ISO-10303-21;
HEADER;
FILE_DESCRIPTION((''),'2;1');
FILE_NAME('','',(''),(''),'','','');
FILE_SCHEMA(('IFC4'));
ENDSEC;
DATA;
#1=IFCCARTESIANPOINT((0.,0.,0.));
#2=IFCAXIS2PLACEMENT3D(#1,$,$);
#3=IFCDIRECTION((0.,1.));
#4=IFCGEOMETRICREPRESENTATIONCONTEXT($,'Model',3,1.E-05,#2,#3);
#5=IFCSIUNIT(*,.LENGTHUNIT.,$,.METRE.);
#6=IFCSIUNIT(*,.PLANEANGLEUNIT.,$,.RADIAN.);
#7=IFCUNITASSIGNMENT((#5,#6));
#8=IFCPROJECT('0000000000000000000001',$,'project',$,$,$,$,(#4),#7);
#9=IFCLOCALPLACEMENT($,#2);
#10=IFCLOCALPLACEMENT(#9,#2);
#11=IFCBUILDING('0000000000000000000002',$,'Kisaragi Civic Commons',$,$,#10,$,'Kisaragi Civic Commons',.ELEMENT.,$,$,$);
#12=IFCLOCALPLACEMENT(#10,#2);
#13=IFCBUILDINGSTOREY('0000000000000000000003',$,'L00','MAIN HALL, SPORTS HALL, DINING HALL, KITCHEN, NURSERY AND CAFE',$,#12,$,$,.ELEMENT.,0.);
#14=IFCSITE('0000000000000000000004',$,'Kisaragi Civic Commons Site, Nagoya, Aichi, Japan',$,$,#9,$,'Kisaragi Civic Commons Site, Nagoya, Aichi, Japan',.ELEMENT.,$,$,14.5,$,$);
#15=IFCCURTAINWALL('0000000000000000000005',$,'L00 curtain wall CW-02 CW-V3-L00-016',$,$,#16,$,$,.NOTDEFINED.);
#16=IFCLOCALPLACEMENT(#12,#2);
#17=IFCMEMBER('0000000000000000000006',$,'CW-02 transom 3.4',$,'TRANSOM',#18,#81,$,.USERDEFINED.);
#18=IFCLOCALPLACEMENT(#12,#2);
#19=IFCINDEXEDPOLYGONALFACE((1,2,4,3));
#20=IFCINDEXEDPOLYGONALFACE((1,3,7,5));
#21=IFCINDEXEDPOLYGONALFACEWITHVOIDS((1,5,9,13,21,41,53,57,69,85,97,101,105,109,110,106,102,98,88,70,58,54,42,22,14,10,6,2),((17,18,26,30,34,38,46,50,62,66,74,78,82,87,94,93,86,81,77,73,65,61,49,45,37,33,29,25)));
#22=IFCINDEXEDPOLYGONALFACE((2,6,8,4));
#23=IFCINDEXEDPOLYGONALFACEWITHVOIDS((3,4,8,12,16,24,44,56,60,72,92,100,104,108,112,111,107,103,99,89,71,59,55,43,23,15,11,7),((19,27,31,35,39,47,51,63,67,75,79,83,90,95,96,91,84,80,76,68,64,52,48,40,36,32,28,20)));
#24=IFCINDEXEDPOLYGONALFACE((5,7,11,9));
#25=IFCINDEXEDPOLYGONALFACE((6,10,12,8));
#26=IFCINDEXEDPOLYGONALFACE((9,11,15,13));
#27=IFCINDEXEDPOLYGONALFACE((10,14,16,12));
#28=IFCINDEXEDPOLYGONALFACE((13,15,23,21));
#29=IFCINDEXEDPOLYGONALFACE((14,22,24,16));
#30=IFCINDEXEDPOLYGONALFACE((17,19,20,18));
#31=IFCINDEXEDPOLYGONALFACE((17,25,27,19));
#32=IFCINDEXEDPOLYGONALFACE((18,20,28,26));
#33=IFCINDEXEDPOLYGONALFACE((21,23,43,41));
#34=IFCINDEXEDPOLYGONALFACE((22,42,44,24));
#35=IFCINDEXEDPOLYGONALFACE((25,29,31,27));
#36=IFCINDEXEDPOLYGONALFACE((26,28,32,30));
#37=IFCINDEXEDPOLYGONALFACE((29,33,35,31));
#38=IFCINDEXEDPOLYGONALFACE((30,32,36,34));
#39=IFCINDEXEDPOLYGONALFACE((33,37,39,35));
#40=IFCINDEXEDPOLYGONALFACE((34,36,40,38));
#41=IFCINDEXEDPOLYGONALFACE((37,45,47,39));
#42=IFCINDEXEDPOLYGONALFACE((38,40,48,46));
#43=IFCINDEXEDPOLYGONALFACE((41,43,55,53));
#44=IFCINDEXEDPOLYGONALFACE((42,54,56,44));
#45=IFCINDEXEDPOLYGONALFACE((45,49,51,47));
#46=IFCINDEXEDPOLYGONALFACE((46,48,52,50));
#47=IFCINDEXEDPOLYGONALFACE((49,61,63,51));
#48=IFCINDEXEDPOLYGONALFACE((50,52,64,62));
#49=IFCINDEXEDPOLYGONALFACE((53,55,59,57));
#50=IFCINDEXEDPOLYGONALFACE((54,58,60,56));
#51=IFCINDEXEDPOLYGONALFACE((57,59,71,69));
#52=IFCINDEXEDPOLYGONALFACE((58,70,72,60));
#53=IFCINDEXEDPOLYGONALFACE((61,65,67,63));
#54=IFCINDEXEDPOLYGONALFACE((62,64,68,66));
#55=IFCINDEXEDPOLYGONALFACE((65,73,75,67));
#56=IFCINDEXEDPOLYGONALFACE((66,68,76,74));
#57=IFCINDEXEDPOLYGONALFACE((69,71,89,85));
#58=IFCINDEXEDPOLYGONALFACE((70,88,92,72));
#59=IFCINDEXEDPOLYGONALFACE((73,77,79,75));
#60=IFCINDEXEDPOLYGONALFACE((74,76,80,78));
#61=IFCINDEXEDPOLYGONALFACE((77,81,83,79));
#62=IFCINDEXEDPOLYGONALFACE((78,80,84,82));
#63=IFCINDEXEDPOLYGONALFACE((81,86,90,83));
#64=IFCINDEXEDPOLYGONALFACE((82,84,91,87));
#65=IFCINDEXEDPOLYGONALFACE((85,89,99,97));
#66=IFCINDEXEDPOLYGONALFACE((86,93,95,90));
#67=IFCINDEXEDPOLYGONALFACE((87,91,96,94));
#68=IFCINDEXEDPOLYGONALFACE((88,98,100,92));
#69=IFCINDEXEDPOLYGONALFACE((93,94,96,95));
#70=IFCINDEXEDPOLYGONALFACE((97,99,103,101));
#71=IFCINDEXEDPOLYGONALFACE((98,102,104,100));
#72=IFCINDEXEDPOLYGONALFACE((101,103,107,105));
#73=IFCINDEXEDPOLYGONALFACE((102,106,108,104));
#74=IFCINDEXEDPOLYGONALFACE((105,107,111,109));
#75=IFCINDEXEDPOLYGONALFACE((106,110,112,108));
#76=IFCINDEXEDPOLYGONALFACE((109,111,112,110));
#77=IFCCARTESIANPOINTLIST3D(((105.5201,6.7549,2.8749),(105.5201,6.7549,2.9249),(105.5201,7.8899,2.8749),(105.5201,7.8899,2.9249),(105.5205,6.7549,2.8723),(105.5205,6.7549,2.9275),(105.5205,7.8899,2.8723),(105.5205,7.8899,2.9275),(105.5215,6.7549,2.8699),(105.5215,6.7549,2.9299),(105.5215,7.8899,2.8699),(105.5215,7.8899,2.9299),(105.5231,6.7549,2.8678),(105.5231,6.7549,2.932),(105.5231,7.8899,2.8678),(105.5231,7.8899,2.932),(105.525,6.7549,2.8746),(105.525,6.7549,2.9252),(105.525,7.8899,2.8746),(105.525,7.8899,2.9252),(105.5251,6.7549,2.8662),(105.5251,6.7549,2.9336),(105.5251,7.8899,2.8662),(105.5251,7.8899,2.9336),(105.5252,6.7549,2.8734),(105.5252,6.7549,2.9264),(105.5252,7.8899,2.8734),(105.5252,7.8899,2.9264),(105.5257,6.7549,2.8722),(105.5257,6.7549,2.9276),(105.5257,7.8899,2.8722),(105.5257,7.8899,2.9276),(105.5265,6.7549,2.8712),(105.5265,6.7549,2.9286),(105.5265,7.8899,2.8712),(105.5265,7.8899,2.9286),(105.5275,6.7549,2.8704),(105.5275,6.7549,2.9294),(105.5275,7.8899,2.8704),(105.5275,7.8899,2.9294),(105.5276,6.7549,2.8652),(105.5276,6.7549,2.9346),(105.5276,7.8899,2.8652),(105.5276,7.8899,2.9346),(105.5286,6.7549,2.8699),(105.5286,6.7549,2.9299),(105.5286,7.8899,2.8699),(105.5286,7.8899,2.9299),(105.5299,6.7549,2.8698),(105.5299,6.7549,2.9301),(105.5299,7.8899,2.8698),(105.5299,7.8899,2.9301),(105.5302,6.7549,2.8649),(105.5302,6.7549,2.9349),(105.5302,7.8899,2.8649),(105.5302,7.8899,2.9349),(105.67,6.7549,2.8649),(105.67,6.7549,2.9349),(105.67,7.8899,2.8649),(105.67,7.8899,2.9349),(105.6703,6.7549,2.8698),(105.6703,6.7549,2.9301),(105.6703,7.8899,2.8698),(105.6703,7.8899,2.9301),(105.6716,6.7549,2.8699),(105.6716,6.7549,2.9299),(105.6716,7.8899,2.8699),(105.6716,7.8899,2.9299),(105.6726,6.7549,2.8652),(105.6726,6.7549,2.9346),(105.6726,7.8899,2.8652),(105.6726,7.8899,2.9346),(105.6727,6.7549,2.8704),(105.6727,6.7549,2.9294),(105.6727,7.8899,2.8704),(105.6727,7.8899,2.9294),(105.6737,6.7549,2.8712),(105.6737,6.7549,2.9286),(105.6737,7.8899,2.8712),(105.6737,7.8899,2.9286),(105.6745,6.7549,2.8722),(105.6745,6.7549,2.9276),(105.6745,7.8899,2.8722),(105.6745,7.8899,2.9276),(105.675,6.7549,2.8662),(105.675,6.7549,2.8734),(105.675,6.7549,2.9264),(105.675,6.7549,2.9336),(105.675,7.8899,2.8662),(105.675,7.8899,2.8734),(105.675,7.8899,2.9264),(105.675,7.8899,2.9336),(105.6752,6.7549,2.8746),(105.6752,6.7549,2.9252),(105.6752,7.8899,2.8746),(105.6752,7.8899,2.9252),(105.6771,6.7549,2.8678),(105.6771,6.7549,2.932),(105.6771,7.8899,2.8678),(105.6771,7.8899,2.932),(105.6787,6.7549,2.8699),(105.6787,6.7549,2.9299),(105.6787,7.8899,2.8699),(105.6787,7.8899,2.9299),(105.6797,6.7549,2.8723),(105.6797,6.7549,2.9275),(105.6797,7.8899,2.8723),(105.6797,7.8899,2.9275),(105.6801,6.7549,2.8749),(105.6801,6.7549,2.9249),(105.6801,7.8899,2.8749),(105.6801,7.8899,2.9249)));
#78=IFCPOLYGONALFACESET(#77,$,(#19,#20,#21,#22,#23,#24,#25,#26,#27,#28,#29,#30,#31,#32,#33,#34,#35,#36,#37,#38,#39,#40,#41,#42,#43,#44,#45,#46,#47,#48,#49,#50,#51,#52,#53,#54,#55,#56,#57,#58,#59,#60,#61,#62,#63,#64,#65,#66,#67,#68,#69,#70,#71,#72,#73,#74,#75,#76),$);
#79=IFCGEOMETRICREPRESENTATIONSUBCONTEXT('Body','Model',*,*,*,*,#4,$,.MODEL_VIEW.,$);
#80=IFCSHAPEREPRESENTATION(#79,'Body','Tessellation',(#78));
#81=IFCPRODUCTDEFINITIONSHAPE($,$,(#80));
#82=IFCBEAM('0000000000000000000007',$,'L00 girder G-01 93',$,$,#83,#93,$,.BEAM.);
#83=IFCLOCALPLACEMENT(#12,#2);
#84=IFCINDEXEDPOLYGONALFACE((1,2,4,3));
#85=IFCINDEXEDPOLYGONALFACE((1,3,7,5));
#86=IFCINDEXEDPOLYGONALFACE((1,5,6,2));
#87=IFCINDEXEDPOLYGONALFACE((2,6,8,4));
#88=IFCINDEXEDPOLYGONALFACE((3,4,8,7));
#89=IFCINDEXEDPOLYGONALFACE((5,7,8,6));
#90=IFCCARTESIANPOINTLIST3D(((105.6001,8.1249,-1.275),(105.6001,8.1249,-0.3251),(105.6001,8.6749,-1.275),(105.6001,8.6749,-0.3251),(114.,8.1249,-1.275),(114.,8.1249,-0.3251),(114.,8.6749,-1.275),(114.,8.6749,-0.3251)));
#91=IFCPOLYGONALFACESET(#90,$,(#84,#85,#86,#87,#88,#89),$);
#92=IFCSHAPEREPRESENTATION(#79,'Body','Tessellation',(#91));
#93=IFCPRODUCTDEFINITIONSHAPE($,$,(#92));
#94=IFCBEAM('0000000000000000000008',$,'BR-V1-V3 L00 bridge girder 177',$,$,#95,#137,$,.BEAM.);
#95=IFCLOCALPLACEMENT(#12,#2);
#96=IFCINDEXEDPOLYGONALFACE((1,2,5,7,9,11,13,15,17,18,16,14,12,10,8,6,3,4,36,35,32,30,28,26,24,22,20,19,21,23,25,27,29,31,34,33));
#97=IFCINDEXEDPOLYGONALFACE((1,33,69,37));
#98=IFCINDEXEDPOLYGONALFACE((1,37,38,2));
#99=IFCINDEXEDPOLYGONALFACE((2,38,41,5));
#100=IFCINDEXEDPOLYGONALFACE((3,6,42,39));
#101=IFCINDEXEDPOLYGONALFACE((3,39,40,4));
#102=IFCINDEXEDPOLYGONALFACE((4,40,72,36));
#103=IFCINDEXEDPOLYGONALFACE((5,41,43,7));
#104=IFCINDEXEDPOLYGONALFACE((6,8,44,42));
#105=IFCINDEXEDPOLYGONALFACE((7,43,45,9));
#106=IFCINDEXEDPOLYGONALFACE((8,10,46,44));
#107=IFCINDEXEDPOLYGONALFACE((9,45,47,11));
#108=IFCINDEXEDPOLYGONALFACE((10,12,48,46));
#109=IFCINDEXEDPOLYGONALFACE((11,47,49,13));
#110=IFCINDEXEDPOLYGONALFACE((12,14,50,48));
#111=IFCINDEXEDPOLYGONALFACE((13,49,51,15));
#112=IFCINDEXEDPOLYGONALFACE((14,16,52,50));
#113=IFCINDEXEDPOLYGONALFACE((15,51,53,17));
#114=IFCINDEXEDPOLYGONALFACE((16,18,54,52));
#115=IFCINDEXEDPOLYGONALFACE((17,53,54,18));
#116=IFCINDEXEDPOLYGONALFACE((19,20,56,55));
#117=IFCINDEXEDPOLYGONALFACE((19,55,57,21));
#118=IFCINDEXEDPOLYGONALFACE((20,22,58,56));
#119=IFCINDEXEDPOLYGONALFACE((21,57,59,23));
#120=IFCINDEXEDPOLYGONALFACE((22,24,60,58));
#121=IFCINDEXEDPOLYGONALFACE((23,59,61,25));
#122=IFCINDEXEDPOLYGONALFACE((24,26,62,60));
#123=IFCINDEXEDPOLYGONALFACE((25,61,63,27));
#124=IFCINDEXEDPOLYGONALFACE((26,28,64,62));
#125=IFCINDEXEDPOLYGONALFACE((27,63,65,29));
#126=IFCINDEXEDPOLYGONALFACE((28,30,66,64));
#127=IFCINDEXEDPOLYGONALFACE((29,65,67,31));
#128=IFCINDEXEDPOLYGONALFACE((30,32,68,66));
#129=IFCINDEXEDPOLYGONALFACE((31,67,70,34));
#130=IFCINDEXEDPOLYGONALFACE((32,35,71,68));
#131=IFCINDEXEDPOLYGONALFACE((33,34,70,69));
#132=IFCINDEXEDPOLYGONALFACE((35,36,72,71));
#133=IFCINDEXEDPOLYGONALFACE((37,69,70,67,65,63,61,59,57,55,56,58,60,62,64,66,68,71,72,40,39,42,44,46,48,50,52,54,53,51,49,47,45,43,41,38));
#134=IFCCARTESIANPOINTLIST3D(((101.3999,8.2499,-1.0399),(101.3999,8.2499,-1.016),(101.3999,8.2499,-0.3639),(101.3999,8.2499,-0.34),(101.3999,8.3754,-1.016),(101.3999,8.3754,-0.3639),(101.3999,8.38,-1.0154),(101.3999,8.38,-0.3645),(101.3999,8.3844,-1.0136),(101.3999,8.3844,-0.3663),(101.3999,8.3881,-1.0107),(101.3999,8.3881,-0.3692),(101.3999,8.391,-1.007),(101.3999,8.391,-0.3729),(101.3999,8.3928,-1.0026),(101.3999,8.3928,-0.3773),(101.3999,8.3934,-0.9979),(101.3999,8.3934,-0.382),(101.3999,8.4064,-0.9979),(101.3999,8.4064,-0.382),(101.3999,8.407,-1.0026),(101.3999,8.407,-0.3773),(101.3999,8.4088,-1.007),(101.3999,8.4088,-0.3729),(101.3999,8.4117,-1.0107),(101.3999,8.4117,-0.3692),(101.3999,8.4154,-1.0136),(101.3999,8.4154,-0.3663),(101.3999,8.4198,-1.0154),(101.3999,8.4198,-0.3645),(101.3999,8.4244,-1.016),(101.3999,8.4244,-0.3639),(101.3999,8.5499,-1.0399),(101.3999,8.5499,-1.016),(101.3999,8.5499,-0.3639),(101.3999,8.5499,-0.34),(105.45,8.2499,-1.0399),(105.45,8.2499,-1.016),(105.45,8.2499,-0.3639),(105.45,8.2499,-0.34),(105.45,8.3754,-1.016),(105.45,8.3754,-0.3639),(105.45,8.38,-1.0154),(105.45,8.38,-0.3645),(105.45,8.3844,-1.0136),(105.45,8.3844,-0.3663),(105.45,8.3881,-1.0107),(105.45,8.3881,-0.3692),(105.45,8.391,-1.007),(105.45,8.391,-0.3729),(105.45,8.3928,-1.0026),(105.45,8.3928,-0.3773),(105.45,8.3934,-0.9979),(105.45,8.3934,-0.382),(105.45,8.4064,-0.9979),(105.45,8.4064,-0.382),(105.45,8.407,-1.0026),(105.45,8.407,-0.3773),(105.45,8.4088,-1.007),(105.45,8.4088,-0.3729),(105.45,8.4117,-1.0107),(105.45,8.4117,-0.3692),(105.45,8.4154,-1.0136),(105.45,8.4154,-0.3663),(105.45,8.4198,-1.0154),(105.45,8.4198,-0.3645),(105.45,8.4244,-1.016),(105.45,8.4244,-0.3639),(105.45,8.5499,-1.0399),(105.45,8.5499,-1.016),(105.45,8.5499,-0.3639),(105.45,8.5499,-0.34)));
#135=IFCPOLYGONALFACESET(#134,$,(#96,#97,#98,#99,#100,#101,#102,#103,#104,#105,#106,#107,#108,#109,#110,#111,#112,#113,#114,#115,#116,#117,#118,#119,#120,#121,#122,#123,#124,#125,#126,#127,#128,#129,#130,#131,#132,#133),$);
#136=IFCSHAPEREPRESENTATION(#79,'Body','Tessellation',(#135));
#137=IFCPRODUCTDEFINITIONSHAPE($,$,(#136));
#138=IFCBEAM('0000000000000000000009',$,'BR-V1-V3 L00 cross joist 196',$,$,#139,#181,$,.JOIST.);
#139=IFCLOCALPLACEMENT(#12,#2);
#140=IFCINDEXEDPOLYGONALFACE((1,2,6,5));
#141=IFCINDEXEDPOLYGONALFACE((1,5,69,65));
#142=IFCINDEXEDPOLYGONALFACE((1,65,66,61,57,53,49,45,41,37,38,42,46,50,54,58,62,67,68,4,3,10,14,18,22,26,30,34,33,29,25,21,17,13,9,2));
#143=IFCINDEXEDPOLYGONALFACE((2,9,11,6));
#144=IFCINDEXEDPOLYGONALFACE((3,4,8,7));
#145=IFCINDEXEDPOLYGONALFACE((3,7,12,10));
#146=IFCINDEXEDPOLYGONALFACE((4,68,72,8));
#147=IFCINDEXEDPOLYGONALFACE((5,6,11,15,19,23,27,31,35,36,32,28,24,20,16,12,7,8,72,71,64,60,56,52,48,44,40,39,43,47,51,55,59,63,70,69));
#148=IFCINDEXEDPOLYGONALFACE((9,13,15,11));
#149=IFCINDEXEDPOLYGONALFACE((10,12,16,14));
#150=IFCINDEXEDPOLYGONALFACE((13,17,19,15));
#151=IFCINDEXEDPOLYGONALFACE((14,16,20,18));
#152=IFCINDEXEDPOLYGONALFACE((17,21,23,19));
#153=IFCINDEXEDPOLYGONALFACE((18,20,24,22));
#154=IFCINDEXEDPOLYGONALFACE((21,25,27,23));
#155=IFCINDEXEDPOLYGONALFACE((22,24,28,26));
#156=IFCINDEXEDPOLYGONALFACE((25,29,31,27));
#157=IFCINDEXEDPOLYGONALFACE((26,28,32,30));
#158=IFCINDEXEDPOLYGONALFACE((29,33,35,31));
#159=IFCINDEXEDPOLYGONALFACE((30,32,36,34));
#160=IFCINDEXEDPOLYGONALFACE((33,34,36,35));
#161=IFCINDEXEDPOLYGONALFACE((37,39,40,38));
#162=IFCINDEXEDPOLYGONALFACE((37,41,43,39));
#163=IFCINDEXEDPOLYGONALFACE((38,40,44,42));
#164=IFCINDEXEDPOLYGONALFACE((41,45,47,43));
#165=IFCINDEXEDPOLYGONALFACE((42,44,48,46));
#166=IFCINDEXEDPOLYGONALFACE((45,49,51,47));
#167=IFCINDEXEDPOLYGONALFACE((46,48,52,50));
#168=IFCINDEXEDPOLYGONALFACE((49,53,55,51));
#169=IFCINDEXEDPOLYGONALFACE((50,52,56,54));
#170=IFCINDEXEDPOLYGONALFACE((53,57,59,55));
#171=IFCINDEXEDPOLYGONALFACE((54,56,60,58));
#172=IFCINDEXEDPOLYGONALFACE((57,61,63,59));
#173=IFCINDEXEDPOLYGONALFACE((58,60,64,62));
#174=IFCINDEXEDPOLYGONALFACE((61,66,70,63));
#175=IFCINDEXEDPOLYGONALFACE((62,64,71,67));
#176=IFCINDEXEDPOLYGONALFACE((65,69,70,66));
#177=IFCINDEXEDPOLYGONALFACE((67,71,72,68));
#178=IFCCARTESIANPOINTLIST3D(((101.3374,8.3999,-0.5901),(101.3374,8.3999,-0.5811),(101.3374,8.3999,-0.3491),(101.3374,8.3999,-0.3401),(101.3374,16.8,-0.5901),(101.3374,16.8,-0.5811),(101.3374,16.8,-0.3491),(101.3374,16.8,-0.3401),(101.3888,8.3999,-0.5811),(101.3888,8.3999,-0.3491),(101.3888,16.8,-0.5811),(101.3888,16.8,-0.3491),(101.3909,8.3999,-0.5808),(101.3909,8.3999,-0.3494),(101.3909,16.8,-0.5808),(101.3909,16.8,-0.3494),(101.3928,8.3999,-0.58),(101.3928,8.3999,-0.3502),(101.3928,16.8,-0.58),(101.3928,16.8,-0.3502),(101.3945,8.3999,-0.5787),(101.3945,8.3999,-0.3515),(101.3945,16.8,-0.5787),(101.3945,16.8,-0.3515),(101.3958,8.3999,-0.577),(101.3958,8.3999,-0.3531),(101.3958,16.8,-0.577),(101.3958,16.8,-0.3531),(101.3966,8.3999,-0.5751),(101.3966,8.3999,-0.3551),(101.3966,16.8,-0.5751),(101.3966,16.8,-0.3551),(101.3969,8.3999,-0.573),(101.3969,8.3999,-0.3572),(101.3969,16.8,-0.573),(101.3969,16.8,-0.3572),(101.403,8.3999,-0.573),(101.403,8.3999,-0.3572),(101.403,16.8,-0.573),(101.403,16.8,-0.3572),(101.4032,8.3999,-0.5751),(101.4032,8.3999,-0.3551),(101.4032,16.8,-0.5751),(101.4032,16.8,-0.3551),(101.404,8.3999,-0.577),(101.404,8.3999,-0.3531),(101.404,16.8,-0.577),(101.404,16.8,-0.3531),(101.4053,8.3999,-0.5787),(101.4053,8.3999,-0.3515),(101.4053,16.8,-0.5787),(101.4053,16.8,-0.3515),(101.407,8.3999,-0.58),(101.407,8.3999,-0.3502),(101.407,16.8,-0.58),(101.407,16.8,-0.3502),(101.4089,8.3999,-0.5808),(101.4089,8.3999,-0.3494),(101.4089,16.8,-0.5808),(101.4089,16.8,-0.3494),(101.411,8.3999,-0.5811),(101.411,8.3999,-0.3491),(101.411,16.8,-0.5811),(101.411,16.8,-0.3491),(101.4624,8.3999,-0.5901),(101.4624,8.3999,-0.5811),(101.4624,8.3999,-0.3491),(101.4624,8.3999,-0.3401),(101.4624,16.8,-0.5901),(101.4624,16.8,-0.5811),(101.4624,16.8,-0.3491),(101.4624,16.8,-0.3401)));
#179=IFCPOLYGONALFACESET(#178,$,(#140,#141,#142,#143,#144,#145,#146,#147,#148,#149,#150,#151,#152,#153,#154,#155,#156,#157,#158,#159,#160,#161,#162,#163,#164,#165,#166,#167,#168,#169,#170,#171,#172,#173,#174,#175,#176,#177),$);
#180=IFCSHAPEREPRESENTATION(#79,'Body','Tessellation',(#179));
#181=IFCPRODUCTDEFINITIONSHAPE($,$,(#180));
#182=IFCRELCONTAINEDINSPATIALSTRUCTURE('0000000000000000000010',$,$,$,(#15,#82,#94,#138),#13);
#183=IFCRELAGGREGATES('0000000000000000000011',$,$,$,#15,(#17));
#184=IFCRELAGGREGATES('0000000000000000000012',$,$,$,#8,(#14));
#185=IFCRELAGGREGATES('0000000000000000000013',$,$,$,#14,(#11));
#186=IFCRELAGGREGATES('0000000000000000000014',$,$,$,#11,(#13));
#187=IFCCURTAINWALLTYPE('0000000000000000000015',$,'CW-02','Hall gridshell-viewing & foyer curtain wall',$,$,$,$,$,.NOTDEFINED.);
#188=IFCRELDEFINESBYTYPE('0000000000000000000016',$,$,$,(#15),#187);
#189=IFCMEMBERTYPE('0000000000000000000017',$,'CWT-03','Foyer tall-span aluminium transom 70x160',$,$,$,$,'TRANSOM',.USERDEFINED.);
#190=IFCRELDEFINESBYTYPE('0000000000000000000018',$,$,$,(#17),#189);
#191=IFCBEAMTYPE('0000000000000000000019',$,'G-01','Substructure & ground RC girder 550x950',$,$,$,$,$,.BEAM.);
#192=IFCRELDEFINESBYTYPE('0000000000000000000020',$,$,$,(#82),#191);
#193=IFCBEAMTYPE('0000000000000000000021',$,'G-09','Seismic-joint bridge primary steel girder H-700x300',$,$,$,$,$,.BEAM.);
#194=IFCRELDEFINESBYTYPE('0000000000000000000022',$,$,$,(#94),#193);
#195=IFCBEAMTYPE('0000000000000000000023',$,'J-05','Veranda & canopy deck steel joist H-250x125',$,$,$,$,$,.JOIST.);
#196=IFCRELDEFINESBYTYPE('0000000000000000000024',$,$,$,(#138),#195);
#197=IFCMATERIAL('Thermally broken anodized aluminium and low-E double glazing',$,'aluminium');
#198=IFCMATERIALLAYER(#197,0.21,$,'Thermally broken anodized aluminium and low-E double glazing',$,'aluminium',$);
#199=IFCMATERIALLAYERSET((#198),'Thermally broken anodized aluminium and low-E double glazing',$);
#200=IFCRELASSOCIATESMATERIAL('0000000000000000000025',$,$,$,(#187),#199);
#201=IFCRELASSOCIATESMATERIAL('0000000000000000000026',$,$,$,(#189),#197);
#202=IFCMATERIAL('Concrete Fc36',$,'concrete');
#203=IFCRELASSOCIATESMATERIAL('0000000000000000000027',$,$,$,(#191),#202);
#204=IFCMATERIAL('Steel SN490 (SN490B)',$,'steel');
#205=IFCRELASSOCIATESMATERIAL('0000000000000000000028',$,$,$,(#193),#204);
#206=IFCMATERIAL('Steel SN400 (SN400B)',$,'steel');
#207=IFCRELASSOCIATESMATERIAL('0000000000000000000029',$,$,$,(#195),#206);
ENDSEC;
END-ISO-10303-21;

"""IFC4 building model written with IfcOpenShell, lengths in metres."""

from ifc_helpers import new_model, si_unit, direction, frame, origin, origin_2d, place, context, subcontext, project, spatial, rectangle, hollow_rectangle, i_section, extrude, material, layer, layer_set, material_profile, profile_set, type_object, element, aggregate, save


model = new_model("IFC4")

# Units and contexts
model_context = context("Model", 3, precision=1e-05, world=origin(), true_north=direction((0.0, 1.0)))
body_context = subcontext(model_context, "Body", "Model", "MODEL_VIEW")
ifc_project = project(units=[si_unit("LENGTHUNIT", "METRE"), si_unit("PLANEANGLEUNIT", "RADIAN")], contexts=[model_context])

# Site, building, storey
site_placement = place(None, origin())
site = spatial("IfcSite", under=ifc_project, at=site_placement, Name="Kisaragi Civic Commons Site, Nagoya, Aichi, Japan", LongName="Kisaragi Civic Commons Site, Nagoya, Aichi, Japan", CompositionType="ELEMENT", RefElevation=14.5)
building_placement = place(site_placement, origin())
building = spatial("IfcBuilding", under=site, at=building_placement, Name="Kisaragi Civic Commons", LongName="Kisaragi Civic Commons", CompositionType="ELEMENT")
storey_placement = place(building_placement, origin())
storey = spatial("IfcBuildingStorey", under=building, at=storey_placement, Name="L00", Description="MAIN HALL, SPORTS HALL, DINING HALL, KITCHEN, NURSERY AND CAFE", CompositionType="ELEMENT", Elevation=0.0)

# Shared definitions
ifc_material_1 = material(Name="Concrete Fc36", Category="concrete")

# Curtain wall
ifc_material_2 = material(Name="Thermally broken anodized aluminium and low-E double glazing", Category="aluminium")
ifc_layer_1 = layer(ifc_material_2, 0.21, Name="Thermally broken anodized aluminium and low-E double glazing", Category="aluminium")
ifc_layer_set_1 = layer_set([ifc_layer_1], Name="Thermally broken anodized aluminium and low-E double glazing")
curtain_wall_type = type_object("IfcCurtainWallType", Name="CW-02", Description="Hall gridshell-viewing & foyer curtain wall", PredefinedType="NOTDEFINED", material=ifc_layer_set_1)
curtain_wall_1_placement = place(storey_placement, origin())
curtain_wall_1 = element("IfcCurtainWall", 1, at=curtain_wall_1_placement, inside=storey, type_object=curtain_wall_type, Name="L00 curtain wall CW-02 CW-V3-L00-016", PredefinedType="NOTDEFINED")

# Member
ifc_material_profile_1 = material_profile(ifc_material_2, hollow_rectangle(XDim=0.1599, YDim=0.0701, WallThickness=0.0049, InnerFilletRadius=0.0049, OuterFilletRadius=0.01, at=origin_2d()), Name="CWT-70x160x5", Category="aluminium")
ifc_profile_set_1 = profile_set([ifc_material_profile_1], Name="Thermally broken anodized aluminium and low-E double glazing")
member_type_1 = type_object("IfcMemberType", Name="CWT-03", Description="Foyer tall-span aluminium transom 70x160", ElementType="TRANSOM", PredefinedType="USERDEFINED", material=ifc_profile_set_1)
member_1_placement = place(storey_placement, frame((105.6001, 6.7549, 2.8999), z_axis=(0.0, 1.0, 0.0), x_axis=(-1.0, 0.0, 0.0)))
member_1 = element("IfcMember", 2, at=member_1_placement, type_object=member_type_1, Name="CW-02 transom 3.4", ObjectType="TRANSOM", PredefinedType="USERDEFINED", context=body_context, shape_type="SweptSolid", body=[
    extrude(hollow_rectangle(XDim=0.1599, YDim=0.0701, WallThickness=0.0049, InnerFilletRadius=0.0049, OuterFilletRadius=0.01, at=origin_2d()), origin(), (0.0, 0.0, 1.0), 1.135),
])

# Beams
ifc_material_profile_2 = material_profile(ifc_material_1, rectangle(XDim=0.55, YDim=0.95, at=origin_2d()), Name="RC-550x950", Category="concrete")
ifc_profile_set_2 = profile_set([ifc_material_profile_2], Name="Concrete Fc36")
beam_type_1 = type_object("IfcBeamType", Name="G-01", Description="Substructure & ground RC girder 550x950", PredefinedType="BEAM", material=ifc_profile_set_2)
beam_1_placement = place(storey_placement, frame((105.6001, 8.3999, -0.8), z_axis=(1.0, 0.0, 0.0), x_axis=(0.0, 1.0, 0.0)))
element("IfcBeam", 3, at=beam_1_placement, inside=storey, type_object=beam_type_1, Name="L00 girder G-01 93", PredefinedType="BEAM", context=body_context, shape_type="SweptSolid", body=[
    extrude(rectangle(XDim=0.55, YDim=0.95, at=origin_2d()), origin(), (0.0, 0.0, 1.0), 8.3999),
])
ifc_material_3 = material(Name="Steel SN490 (SN490B)", Category="steel")
ifc_material_profile_3 = material_profile(ifc_material_3, i_section(OverallWidth=0.3, OverallDepth=0.7, WebThickness=0.0129, FlangeThickness=0.0239, FilletRadius=0.0181, at=origin_2d()), Name="H-700x300x13x24", Category="steel")
ifc_profile_set_3 = profile_set([ifc_material_profile_3], Name="Steel SN490 (SN490B)")
beam_type_2 = type_object("IfcBeamType", Name="G-09", Description="Seismic-joint bridge primary steel girder H-700x300", PredefinedType="BEAM", material=ifc_profile_set_3)
beam_2_placement = place(storey_placement, frame((101.3999, 8.3999, -0.6899), z_axis=(1.0, 0.0, 0.0), x_axis=(0.0, 1.0, 0.0)))
element("IfcBeam", 4, at=beam_2_placement, inside=storey, type_object=beam_type_2, Name="BR-V1-V3 L00 bridge girder 177", PredefinedType="BEAM", context=body_context, shape_type="SweptSolid", body=[
    extrude(i_section(OverallWidth=0.3, OverallDepth=0.7, WebThickness=0.0129, FlangeThickness=0.0239, FilletRadius=0.0181, at=origin_2d()), origin(), (0.0, 0.0, 1.0), 4.05),
])
ifc_material_4 = material(Name="Steel SN400 (SN400B)", Category="steel")
ifc_material_profile_4 = material_profile(ifc_material_4, i_section(OverallWidth=0.125, OverallDepth=0.25, WebThickness=0.0061, FlangeThickness=0.009, FilletRadius=0.0081, at=origin_2d()), Name="H-250x125x6x9", Category="steel")
ifc_profile_set_4 = profile_set([ifc_material_profile_4], Name="Steel SN400 (SN400B)")
beam_type_3 = type_object("IfcBeamType", Name="J-05", Description="Veranda & canopy deck steel joist H-250x125", PredefinedType="JOIST", material=ifc_profile_set_4)
beam_3_placement = place(storey_placement, frame((101.3999, 8.3999, -0.4651), z_axis=(0.0, 1.0, 0.0), x_axis=(-1.0, 0.0, 0.0)))
element("IfcBeam", 5, at=beam_3_placement, inside=storey, type_object=beam_type_3, Name="BR-V1-V3 L00 cross joist 196", PredefinedType="JOIST", context=body_context, shape_type="SweptSolid", body=[
    extrude(i_section(OverallWidth=0.125, OverallDepth=0.25, WebThickness=0.0061, FlangeThickness=0.009, FilletRadius=0.0081, at=origin_2d()), origin(), (0.0, 0.0, 1.0), 8.4001),
])

aggregate(curtain_wall_1, [member_1])

save(model, "model.ifc")
